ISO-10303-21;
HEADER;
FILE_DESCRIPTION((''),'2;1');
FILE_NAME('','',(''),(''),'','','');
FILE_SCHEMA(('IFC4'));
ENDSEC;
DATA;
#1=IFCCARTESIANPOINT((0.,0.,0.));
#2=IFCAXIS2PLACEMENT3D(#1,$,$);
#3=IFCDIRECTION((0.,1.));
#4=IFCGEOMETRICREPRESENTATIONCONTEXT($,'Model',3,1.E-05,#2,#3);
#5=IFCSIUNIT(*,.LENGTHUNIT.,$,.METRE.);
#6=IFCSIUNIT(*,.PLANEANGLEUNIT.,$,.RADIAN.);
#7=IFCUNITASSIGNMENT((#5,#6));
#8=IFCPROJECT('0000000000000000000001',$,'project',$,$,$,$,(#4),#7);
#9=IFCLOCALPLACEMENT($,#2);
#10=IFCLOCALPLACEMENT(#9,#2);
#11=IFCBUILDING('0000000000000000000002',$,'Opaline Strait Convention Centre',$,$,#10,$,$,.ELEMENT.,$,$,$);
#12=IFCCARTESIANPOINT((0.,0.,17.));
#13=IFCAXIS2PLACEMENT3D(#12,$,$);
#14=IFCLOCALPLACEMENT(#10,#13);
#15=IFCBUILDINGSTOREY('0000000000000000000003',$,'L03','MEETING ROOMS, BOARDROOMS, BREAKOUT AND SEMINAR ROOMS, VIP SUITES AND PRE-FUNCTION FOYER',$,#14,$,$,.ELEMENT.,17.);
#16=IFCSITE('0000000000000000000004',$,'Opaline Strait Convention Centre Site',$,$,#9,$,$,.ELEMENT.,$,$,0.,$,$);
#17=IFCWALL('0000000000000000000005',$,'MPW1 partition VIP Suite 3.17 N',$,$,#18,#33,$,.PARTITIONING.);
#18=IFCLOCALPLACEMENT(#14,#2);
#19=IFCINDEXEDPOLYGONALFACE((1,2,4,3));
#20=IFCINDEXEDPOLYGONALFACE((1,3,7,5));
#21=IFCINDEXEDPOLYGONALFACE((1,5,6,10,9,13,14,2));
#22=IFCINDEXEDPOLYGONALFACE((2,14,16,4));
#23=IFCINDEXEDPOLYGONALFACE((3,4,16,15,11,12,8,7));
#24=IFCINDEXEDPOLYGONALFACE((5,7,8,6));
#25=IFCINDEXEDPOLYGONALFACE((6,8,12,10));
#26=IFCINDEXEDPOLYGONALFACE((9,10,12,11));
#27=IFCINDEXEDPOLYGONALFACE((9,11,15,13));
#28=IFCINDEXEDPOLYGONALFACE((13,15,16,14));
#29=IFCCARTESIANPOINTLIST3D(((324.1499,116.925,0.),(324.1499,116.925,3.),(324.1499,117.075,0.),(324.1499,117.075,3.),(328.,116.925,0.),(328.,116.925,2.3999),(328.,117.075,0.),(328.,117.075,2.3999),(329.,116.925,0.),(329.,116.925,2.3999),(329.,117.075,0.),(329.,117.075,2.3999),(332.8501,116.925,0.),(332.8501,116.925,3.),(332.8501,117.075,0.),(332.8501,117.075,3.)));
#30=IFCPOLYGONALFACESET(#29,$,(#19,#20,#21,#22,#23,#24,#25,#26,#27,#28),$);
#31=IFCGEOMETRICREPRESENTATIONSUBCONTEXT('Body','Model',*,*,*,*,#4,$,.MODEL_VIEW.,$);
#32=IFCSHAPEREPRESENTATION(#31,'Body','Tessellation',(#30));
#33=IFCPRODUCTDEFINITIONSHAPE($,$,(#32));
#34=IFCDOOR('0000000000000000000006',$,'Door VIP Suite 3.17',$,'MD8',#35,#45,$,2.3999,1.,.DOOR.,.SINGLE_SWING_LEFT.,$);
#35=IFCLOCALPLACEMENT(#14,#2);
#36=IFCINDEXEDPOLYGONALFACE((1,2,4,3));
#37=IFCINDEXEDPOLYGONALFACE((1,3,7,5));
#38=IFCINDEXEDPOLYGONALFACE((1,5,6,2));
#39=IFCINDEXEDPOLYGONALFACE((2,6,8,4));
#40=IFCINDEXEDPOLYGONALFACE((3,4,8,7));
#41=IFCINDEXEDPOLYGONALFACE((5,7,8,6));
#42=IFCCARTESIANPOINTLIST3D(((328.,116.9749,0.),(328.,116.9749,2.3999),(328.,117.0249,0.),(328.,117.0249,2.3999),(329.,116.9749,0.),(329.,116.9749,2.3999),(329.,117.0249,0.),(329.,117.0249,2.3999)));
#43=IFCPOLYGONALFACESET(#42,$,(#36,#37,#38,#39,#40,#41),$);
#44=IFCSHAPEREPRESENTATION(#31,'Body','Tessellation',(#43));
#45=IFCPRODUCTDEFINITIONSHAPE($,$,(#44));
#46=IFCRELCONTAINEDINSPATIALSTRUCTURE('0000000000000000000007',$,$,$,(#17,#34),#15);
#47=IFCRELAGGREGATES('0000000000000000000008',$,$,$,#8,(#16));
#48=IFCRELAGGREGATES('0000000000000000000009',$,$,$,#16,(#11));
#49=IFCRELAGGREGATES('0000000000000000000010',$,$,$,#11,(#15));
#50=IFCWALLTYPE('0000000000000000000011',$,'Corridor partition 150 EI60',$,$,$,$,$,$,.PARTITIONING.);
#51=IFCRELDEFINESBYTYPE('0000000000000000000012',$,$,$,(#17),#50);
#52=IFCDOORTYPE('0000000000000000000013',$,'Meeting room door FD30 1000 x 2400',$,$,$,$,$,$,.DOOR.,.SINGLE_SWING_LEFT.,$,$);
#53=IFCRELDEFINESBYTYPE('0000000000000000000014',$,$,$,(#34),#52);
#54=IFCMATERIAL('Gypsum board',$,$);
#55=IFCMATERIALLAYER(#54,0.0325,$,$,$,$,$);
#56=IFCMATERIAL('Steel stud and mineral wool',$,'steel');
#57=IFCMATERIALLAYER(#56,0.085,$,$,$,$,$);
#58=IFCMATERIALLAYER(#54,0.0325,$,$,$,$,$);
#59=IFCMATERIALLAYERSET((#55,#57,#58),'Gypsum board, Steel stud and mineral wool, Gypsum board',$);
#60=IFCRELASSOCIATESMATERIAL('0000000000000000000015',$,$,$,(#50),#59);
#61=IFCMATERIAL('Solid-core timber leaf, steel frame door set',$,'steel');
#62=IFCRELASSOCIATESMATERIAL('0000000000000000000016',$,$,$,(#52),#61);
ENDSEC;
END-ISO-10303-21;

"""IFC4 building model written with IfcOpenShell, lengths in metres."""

from ifc_helpers import new_model, si_unit, direction, frame, frame_2d, origin, place, context, subcontext, project, spatial, rectangle, extrude, material, layer, layer_set, type_object, element, fill, save


model = new_model("IFC4")

# Units and contexts
model_context = context("Model", 3, precision=1e-05, world=origin(), true_north=direction((0.0, 1.0)))
body_context = subcontext(model_context, "Body", "Model", "MODEL_VIEW")
ifc_project = project(units=[si_unit("LENGTHUNIT", "METRE"), si_unit("PLANEANGLEUNIT", "RADIAN")], contexts=[model_context])

# Site, building, storey
site_placement = place(None, origin())
site = spatial("IfcSite", under=ifc_project, at=site_placement, Name="Opaline Strait Convention Centre Site", CompositionType="ELEMENT", RefElevation=0.0)
building_placement = place(site_placement, origin())
building = spatial("IfcBuilding", under=site, at=building_placement, Name="Opaline Strait Convention Centre", CompositionType="ELEMENT")
storey_placement = place(building_placement, frame((0.0, 0.0, 17.0)))
storey = spatial("IfcBuildingStorey", under=building, at=storey_placement, Name="L03", Description="MEETING ROOMS, BOARDROOMS, BREAKOUT AND SEMINAR ROOMS, VIP SUITES AND PRE-FUNCTION FOYER", CompositionType="ELEMENT", Elevation=17.0)

# Shared definitions
ifc_material_1 = material(Name="Gypsum board")
ifc_material_2 = material(Name="Steel stud and mineral wool", Category="steel")

# Wall, opening, door
ifc_layer_1 = layer(ifc_material_1, 0.0325)
ifc_layer_2 = layer(ifc_material_2, 0.085)
ifc_layer_3 = layer(ifc_material_1, 0.0325)
ifc_layer_set_1 = layer_set([ifc_layer_1, ifc_layer_2, ifc_layer_3], Name="Gypsum board, Steel stud and mineral wool, Gypsum board")
wall_type_1 = type_object("IfcWallType", Name="Corridor partition 150 EI60", PredefinedType="PARTITIONING", material=ifc_layer_set_1)
wall_1_placement = place(storey_placement, frame((324.1499, 117.0, 0.0), z_axis=(0.0, 0.0, 1.0), x_axis=(1.0, 0.0, 0.0)))
wall_1 = element("IfcWall", 1, at=wall_1_placement, inside=storey, type_object=wall_type_1, Name="MPW1 partition VIP Suite 3.17 N", PredefinedType="PARTITIONING", context=body_context, shape_type="SweptSolid", body=[
    extrude(rectangle(XDim=8.7002, YDim=0.1499, at=frame_2d((4.3501, 0.0))), origin(), (0.0, 0.0, 1.0), 3.0),
])
opening_1_placement = place(wall_1_placement, frame((3.8501, 0.0, 0.0)))
opening_1 = element("IfcOpeningElement", 2, at=opening_1_placement, cuts=wall_1, PredefinedType="OPENING", context=body_context, shape_type="SweptSolid", body=[
    extrude(rectangle(XDim=1.0, YDim=2.3999, at=frame_2d((0.5, 1.2))), frame((0.0, 0.085, 0.0), z_axis=(0.0, -1.0, 0.0), x_axis=(1.0, 0.0, 0.0)), (0.0, 0.0, 1.0), 0.1699),
])
ifc_material_3 = material(Name="Solid-core timber leaf, steel frame door set", Category="steel")
door_type_1 = type_object("IfcDoorType", Name="Meeting room door FD30 1000 x 2400", OperationType="SINGLE_SWING_LEFT", PredefinedType="DOOR", material=ifc_material_3)
door_1_placement = place(opening_1_placement, origin())
door_1 = element("IfcDoor", 3, at=door_1_placement, inside=storey, type_object=door_type_1, Name="Door VIP Suite 3.17", ObjectType="MD8", OperationType="SINGLE_SWING_LEFT", OverallHeight=2.3999, OverallWidth=1.0, PredefinedType="DOOR", context=body_context, shape_type="SweptSolid", body=[
    extrude(rectangle(XDim=1.0, YDim=2.3999, at=frame_2d((0.5, 1.2))), frame((0.0, 0.0249, 0.0), z_axis=(0.0, -1.0, 0.0), x_axis=(1.0, 0.0, 0.0)), (0.0, 0.0, 1.0), 0.05),
])
fill(opening_1, door_1)

save(model, "model.ifc")
